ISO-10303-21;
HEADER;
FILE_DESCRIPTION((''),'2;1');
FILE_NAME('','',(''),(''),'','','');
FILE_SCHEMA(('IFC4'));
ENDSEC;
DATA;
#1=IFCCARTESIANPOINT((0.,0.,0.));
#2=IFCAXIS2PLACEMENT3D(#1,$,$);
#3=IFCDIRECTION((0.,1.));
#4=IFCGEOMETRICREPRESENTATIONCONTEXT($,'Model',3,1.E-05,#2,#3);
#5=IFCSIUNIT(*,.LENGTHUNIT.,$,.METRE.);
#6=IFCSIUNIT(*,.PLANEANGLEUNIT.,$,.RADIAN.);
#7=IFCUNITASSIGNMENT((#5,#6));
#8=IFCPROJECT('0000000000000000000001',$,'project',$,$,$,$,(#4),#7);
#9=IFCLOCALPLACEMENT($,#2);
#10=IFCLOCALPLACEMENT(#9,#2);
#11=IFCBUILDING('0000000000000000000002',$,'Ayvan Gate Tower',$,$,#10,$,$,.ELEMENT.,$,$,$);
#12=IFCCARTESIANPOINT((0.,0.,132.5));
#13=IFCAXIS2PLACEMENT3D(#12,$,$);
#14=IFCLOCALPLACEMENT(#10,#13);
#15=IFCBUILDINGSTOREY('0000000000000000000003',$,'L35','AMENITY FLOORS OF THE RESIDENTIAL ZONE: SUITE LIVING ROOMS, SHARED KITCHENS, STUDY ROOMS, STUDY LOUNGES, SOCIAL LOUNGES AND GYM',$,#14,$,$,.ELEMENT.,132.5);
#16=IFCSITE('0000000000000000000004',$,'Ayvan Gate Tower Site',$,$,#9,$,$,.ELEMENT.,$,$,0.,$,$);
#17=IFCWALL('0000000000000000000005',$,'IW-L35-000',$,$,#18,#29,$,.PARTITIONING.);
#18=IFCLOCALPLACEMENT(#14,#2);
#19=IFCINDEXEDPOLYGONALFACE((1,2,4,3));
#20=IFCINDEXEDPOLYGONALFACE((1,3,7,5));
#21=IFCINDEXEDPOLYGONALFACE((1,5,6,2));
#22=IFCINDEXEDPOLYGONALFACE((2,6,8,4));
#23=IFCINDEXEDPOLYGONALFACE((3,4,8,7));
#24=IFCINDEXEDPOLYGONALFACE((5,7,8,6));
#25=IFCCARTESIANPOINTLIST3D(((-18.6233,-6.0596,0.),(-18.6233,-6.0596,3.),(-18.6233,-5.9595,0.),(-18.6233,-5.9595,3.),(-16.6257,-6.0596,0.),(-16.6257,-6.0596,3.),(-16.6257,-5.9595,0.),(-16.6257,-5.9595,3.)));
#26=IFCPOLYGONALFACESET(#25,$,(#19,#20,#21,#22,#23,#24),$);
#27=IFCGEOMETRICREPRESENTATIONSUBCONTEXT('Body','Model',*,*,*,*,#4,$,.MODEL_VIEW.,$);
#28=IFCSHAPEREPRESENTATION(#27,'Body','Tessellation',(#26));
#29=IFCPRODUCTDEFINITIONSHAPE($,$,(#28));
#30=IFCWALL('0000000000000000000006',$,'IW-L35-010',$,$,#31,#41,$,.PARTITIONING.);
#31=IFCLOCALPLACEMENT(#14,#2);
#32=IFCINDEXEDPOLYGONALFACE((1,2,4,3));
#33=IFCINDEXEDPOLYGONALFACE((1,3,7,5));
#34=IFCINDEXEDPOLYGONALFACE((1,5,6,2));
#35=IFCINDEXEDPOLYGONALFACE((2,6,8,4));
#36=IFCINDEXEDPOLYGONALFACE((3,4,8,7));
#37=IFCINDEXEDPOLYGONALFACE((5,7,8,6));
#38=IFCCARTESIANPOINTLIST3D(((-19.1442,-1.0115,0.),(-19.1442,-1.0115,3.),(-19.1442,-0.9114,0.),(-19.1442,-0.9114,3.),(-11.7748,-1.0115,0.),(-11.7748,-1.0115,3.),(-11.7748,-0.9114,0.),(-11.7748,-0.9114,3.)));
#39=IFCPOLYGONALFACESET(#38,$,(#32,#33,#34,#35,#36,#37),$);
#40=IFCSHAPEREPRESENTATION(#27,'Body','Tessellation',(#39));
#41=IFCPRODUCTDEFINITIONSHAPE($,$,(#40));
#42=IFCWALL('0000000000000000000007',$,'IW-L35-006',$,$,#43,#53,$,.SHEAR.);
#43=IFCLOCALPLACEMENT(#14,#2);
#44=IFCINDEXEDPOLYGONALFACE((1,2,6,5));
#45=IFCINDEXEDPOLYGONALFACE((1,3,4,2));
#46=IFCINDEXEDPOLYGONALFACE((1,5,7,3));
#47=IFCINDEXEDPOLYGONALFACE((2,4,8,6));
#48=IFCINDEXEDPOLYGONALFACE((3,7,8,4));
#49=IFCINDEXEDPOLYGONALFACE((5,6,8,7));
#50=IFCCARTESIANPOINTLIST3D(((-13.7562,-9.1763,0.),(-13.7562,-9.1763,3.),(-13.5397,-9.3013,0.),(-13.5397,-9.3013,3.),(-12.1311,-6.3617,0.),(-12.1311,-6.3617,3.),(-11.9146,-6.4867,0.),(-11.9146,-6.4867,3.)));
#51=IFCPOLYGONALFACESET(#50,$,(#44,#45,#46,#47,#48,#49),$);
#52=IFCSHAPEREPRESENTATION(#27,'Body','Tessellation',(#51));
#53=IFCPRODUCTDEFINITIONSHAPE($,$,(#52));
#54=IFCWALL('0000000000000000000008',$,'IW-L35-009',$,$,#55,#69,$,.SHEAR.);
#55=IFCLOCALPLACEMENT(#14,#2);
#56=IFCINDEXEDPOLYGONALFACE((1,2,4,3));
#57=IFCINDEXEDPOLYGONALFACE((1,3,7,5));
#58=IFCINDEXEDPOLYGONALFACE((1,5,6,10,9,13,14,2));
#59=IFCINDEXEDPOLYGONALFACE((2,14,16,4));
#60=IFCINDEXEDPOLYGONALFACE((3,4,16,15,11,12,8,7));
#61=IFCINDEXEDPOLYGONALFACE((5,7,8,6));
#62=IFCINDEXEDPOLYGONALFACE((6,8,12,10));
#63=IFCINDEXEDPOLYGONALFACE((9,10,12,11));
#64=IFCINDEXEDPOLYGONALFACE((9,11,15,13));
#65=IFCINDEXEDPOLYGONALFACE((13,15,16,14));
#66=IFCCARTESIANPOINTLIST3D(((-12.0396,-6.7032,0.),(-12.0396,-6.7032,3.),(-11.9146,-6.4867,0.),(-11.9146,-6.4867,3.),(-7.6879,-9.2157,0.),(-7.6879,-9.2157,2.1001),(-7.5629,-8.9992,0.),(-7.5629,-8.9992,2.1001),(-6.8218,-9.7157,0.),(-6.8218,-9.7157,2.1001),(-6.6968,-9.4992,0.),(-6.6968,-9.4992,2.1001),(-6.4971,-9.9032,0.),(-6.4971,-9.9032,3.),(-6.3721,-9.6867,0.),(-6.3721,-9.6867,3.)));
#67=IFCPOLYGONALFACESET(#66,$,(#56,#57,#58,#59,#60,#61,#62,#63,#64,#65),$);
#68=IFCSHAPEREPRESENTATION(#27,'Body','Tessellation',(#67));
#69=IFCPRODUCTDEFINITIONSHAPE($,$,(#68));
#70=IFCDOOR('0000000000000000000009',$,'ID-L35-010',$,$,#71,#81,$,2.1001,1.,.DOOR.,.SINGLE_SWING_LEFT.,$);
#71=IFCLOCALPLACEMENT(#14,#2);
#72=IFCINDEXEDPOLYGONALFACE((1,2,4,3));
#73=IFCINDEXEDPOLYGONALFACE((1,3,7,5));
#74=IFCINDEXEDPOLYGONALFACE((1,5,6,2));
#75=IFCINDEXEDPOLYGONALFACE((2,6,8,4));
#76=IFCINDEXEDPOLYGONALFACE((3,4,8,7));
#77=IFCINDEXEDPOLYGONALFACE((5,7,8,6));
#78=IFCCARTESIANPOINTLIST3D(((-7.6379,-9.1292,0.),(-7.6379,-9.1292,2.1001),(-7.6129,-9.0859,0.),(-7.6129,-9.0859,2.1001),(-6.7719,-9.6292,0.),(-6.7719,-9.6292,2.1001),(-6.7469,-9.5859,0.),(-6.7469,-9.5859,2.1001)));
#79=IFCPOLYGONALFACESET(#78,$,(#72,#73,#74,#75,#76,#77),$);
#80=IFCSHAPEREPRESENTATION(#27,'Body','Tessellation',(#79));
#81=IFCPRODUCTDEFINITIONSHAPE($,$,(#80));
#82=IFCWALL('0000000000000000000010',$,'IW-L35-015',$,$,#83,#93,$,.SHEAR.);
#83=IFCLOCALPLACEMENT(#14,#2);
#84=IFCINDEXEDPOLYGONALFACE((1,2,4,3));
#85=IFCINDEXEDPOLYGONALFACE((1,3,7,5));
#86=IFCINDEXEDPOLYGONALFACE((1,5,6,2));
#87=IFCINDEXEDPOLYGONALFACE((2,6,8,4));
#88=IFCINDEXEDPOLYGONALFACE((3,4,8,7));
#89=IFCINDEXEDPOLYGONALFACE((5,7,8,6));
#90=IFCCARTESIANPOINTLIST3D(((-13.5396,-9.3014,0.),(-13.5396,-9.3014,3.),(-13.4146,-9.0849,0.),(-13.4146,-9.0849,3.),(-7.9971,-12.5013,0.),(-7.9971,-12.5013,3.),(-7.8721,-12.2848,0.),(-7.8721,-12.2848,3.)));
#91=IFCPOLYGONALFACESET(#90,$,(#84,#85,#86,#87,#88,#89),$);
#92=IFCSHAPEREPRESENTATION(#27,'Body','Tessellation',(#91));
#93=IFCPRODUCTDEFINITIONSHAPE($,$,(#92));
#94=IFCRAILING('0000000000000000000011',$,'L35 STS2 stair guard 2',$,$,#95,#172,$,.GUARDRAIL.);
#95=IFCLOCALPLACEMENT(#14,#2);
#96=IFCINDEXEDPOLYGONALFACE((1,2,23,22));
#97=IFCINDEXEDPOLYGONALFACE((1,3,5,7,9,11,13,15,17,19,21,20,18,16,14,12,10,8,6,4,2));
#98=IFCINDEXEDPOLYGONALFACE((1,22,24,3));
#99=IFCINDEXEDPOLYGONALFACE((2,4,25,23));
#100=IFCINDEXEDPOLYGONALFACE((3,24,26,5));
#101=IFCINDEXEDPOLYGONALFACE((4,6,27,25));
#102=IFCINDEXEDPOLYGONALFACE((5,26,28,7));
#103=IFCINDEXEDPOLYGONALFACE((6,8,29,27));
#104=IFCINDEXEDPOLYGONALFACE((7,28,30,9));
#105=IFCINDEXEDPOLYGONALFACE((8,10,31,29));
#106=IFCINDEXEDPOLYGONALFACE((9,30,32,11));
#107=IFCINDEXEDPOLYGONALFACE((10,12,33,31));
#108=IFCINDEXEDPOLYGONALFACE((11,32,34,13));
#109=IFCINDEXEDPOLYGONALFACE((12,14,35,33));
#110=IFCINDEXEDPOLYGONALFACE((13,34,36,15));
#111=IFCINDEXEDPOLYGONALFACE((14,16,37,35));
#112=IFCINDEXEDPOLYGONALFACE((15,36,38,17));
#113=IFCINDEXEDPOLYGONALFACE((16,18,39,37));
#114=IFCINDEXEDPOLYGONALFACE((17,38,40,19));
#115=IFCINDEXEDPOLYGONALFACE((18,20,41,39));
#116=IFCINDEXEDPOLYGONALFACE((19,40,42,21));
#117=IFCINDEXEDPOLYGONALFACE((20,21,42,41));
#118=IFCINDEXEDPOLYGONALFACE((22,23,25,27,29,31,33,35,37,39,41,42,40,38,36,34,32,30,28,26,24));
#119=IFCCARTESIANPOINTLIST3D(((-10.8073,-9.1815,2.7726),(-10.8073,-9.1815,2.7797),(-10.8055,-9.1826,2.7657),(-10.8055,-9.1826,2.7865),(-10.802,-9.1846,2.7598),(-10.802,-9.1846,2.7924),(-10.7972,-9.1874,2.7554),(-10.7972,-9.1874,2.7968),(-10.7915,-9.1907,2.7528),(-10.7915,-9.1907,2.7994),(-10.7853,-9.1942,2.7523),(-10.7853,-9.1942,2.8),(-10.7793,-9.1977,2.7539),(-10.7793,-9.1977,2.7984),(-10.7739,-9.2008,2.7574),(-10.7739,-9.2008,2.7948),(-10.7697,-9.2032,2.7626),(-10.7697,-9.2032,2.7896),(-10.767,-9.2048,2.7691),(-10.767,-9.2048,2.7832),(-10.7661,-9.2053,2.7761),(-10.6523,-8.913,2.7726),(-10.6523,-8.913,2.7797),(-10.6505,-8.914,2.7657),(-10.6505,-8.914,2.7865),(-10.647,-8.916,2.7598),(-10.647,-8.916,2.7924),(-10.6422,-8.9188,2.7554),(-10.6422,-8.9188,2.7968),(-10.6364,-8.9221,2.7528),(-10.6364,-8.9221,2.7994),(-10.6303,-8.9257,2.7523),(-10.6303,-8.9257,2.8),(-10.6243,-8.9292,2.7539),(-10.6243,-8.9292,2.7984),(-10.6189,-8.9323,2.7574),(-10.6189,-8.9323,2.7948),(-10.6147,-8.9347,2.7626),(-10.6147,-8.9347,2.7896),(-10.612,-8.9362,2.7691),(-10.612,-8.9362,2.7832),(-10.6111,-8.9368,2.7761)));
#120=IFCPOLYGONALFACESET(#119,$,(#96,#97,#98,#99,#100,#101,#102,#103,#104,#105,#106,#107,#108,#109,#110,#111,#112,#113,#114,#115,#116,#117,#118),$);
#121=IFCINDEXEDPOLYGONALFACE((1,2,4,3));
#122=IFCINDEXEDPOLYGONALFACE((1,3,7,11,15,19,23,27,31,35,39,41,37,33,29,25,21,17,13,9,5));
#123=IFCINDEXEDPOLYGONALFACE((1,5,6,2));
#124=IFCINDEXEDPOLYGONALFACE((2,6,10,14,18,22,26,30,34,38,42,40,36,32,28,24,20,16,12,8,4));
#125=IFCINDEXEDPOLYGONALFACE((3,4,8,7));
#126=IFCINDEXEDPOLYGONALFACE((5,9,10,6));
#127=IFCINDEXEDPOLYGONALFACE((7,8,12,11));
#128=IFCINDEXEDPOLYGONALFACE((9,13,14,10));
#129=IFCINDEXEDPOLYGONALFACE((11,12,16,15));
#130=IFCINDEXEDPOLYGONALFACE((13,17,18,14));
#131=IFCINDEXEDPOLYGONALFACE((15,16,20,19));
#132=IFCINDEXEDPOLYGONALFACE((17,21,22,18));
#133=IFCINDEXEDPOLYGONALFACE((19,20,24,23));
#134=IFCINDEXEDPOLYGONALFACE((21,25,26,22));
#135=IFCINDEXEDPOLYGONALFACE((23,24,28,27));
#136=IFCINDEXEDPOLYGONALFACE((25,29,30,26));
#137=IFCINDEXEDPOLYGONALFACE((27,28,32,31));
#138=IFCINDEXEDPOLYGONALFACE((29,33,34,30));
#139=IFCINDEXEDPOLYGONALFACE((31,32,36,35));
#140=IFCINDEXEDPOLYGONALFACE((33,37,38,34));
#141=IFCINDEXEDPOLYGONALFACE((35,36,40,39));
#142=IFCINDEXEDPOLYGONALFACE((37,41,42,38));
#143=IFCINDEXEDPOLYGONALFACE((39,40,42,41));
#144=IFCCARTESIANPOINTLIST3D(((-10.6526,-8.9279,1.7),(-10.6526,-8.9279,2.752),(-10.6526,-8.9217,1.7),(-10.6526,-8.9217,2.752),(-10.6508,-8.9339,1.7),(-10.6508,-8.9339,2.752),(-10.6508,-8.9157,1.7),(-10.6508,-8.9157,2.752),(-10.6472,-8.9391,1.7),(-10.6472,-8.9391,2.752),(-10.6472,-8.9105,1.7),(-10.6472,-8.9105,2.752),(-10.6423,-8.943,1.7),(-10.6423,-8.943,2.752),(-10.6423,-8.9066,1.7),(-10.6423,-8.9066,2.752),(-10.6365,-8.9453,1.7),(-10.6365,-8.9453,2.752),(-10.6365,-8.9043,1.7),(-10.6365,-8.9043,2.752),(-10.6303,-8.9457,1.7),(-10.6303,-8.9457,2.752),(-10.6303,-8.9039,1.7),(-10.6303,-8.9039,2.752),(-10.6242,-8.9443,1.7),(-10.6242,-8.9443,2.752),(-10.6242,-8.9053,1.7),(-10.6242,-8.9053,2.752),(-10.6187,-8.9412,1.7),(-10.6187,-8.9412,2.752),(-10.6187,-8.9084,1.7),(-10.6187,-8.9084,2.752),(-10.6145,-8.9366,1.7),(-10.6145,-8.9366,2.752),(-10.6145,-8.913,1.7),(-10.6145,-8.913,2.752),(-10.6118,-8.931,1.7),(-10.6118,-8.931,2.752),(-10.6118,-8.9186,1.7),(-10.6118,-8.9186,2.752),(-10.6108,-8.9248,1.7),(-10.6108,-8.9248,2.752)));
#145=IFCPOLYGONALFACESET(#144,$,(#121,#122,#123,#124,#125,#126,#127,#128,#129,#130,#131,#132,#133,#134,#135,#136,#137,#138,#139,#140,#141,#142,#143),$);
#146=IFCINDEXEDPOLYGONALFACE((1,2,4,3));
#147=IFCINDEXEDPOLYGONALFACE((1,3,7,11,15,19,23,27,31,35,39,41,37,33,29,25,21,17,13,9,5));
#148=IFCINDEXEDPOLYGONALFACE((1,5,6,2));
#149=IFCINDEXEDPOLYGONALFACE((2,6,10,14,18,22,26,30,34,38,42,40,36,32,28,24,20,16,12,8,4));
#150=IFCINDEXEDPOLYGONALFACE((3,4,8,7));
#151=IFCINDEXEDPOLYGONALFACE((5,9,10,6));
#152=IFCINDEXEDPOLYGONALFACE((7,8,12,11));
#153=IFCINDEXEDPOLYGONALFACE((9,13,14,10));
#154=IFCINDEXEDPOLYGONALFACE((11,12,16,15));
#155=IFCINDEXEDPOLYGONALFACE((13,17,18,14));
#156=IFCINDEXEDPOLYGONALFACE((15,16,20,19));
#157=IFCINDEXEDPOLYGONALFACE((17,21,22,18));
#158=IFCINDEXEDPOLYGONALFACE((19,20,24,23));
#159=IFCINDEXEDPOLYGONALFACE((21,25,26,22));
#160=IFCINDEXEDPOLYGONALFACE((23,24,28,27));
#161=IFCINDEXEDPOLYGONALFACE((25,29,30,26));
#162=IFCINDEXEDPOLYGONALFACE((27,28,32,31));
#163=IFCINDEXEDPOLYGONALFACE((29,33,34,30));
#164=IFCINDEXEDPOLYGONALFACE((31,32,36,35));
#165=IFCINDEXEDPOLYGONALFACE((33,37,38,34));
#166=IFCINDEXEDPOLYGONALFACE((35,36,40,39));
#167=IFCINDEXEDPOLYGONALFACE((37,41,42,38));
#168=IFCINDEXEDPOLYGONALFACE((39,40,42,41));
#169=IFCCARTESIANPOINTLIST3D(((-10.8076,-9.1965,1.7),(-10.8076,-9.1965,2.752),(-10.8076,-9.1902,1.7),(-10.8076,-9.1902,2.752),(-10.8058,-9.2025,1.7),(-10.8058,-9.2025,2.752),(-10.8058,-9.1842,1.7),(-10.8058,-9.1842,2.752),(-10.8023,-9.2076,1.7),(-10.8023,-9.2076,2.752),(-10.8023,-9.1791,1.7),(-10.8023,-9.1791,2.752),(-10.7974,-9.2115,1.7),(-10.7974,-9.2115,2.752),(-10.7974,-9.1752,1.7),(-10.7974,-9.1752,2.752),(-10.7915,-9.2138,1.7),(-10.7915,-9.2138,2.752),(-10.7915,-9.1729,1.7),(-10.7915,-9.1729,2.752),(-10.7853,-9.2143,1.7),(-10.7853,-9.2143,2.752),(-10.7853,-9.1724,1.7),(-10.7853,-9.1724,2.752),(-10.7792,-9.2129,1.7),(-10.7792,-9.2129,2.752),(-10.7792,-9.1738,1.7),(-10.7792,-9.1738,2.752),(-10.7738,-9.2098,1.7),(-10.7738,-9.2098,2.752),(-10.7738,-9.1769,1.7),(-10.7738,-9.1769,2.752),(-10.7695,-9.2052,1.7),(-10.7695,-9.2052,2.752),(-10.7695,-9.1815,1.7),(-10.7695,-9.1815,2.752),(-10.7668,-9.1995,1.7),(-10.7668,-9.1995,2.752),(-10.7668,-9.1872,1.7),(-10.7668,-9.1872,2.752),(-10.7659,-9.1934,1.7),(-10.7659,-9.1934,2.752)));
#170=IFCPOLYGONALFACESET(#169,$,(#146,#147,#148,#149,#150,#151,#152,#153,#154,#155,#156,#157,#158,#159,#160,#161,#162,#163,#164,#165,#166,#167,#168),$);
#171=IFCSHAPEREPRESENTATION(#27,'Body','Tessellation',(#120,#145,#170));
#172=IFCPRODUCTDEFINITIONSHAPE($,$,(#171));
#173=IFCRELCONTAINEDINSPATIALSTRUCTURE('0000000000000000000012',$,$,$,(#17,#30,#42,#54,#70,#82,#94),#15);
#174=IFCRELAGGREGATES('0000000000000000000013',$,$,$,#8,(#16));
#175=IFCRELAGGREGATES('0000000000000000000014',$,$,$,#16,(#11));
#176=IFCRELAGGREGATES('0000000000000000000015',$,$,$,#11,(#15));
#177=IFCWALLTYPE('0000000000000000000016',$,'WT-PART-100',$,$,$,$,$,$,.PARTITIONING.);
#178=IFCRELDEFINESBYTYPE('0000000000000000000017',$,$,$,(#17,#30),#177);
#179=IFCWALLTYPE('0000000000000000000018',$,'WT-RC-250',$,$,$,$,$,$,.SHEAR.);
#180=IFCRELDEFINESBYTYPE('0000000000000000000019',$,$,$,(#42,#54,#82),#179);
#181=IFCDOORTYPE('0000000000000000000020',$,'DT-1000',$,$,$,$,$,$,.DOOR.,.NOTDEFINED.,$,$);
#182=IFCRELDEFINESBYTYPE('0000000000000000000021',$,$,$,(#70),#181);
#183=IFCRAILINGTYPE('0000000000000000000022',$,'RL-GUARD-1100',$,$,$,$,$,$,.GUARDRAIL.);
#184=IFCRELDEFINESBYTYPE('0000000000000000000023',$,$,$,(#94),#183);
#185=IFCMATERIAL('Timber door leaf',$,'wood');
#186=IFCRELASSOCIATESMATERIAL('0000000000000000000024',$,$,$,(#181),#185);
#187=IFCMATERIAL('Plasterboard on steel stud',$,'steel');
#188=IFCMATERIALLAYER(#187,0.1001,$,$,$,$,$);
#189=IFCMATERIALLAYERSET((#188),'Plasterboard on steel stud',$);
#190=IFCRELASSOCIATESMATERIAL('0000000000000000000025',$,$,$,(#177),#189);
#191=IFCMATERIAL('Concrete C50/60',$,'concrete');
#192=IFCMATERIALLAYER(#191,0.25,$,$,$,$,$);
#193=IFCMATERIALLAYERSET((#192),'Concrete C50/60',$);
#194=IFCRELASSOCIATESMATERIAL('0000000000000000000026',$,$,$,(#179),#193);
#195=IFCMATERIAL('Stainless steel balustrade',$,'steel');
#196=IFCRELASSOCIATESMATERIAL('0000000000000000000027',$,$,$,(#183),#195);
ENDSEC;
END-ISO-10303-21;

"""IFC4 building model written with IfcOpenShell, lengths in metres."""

from ifc_helpers import new_model, si_unit, direction, frame, frame_2d, origin, origin_2d, place, context, subcontext, project, spatial, rectangle, circle, extrude, material, layer, layer_set, type_object, element, fill, save


model = new_model("IFC4")

# Units and contexts
model_context = context("Model", 3, precision=1e-05, world=origin(), true_north=direction((0.0, 1.0)))
body_context = subcontext(model_context, "Body", "Model", "MODEL_VIEW")
ifc_project = project(units=[si_unit("LENGTHUNIT", "METRE"), si_unit("PLANEANGLEUNIT", "RADIAN")], contexts=[model_context])

# Site, building, storey
site_placement = place(None, origin())
site = spatial("IfcSite", under=ifc_project, at=site_placement, Name="Ayvan Gate Tower Site", CompositionType="ELEMENT", RefElevation=0.0)
building_placement = place(site_placement, origin())
building = spatial("IfcBuilding", under=site, at=building_placement, Name="Ayvan Gate Tower", CompositionType="ELEMENT")
storey_placement = place(building_placement, frame((0.0, 0.0, 132.5)))
storey = spatial("IfcBuildingStorey", under=building, at=storey_placement, Name="L35", Description="AMENITY FLOORS OF THE RESIDENTIAL ZONE: SUITE LIVING ROOMS, SHARED KITCHENS, STUDY ROOMS, STUDY LOUNGES, SOCIAL LOUNGES AND GYM", CompositionType="ELEMENT", Elevation=132.5)

# Shared definitions
ifc_material_1 = material(Name="Plasterboard on steel stud", Category="steel")

# Shared definitions
ifc_material_2 = material(Name="Timber door leaf", Category="wood")
door_type = type_object("IfcDoorType", Name="DT-1000", OperationType="NOTDEFINED", PredefinedType="DOOR", material=ifc_material_2)

# Walls
ifc_layer_1 = layer(ifc_material_1, 0.1001)
ifc_layer_set_1 = layer_set([ifc_layer_1], Name="Plasterboard on steel stud")
wall_type_1 = type_object("IfcWallType", Name="WT-PART-100", PredefinedType="PARTITIONING", material=ifc_layer_set_1)
wall_1_placement = place(storey_placement, frame((-16.6257, -6.0095, 0.0), z_axis=(0.0, 0.0, 1.0), x_axis=(-1.0, 0.0, 0.0)))
element("IfcWall", 1, at=wall_1_placement, inside=storey, type_object=wall_type_1, Name="IW-L35-000", PredefinedType="PARTITIONING", context=body_context, shape_type="SweptSolid", body=[
    extrude(rectangle(XDim=1.9976, YDim=0.1001, at=frame_2d((0.9988, 0.0))), origin(), (0.0, 0.0, 1.0), 3.0),
])
wall_2_placement = place(storey_placement, frame((-11.7749, -0.9614, 0.0), z_axis=(0.0, 0.0, 1.0), x_axis=(-1.0, 0.0, 0.0)))
element("IfcWall", 2, at=wall_2_placement, inside=storey, type_object=wall_type_1, Name="IW-L35-010", PredefinedType="PARTITIONING", context=body_context, shape_type="SweptSolid", body=[
    extrude(rectangle(XDim=7.3694, YDim=0.1001, at=frame_2d((3.6846, 0.0))), origin(), (0.0, 0.0, 1.0), 3.0),
])
ifc_material_3 = material(Name="Concrete C50/60", Category="concrete")
ifc_layer_2 = layer(ifc_material_3, 0.25)
ifc_layer_set_2 = layer_set([ifc_layer_2], Name="Concrete C50/60")
wall_type_2 = type_object("IfcWallType", Name="WT-RC-250", PredefinedType="SHEAR", material=ifc_layer_set_2)
wall_3_placement = place(storey_placement, frame((-13.6479, -9.2388, 0.0), z_axis=(0.0, 0.0, 1.0), x_axis=(0.500017, 0.866015, 0.0)))
element("IfcWall", 3, at=wall_3_placement, inside=storey, type_object=wall_type_2, Name="IW-L35-006", PredefinedType="SHEAR", context=body_context, shape_type="SweptSolid", body=[
    extrude(rectangle(XDim=3.25, YDim=0.25, at=frame_2d((1.625, 0.0))), origin(), (0.0, 0.0, 1.0), 3.0),
])

# Wall, opening, door
wall_4_placement = place(storey_placement, frame((-11.9771, -6.595, 0.0), z_axis=(0.0, 0.0, 1.0), x_axis=(0.866025, -0.5, 0.0)))
wall_4 = element("IfcWall", 4, at=wall_4_placement, inside=storey, type_object=wall_type_2, Name="IW-L35-009", PredefinedType="SHEAR", context=body_context, shape_type="SweptSolid", body=[
    extrude(rectangle(XDim=6.3999, YDim=0.25, at=frame_2d((3.2, 0.0))), origin(), (0.0, 0.0, 1.0), 3.0),
])
opening_1_placement = place(wall_4_placement, frame((5.0249, 0.0, 0.0)))
opening_1 = element("IfcOpeningElement", 5, at=opening_1_placement, cuts=wall_4, PredefinedType="OPENING", context=body_context, shape_type="SweptSolid", body=[
    extrude(rectangle(XDim=1.0, YDim=2.1001, at=frame_2d((0.5, 1.05))), frame((0.0, 0.135, 0.0), z_axis=(0.0, -1.0, 0.0), x_axis=(1.0, 0.0, 0.0)), (0.0, 0.0, 1.0), 0.27),
])
door_1_placement = place(opening_1_placement, origin())
door_1 = element("IfcDoor", 6, at=door_1_placement, inside=storey, type_object=door_type, Name="ID-L35-010", OperationType="SINGLE_SWING_LEFT", OverallHeight=2.1001, OverallWidth=1.0, PredefinedType="DOOR", context=body_context, shape_type="SweptSolid", body=[
    extrude(rectangle(XDim=1.0, YDim=2.1001, at=frame_2d((0.5, 1.05))), frame((0.0, 0.0249, 0.0), z_axis=(0.0, -1.0, 0.0), x_axis=(1.0, 0.0, 0.0)), (0.0, 0.0, 1.0), 0.05),
])
fill(opening_1, door_1)

# Wall
wall_5_placement = place(storey_placement, frame((-13.4771, -9.1931, 0.0), z_axis=(0.0, 0.0, 1.0), x_axis=(0.866025, -0.5, 0.0)))
element("IfcWall", 7, at=wall_5_placement, inside=storey, type_object=wall_type_2, Name="IW-L35-015", PredefinedType="SHEAR", context=body_context, shape_type="SweptSolid", body=[
    extrude(rectangle(XDim=6.3999, YDim=0.25, at=frame_2d((3.2, 0.0))), origin(), (0.0, 0.0, 1.0), 3.0),
])

# Railing
ifc_material_4 = material(Name="Stainless steel balustrade", Category="steel")
railing_type_1 = type_object("IfcRailingType", Name="RL-GUARD-1100", PredefinedType="GUARDRAIL", material=ifc_material_4)
railing_1_placement = place(storey_placement, frame((-10.6318, -8.9248, 1.7)))
element("IfcRailing", 8, at=railing_1_placement, inside=storey, type_object=railing_type_1, Name="L35 STS2 stair guard 2", PredefinedType="GUARDRAIL", context=body_context, shape_type="SweptSolid", body=[
    extrude(circle(Radius=0.0239, at=origin_2d()), frame((0.0, 0.0, 1.0762), z_axis=(-0.49995, -0.866054, 0.0), x_axis=(0.866054, -0.49995, 0.0)), (0.0, 0.0, 1.0), 0.3101),
    extrude(circle(Radius=0.021, at=origin_2d()), origin(), (0.0, 0.0, 1.0), 1.052),
    extrude(circle(Radius=0.021, at=origin_2d()), frame((-0.155, -0.2686, 0.0)), (0.0, 0.0, 1.0), 1.052),
])

save(model, "model.ifc")
